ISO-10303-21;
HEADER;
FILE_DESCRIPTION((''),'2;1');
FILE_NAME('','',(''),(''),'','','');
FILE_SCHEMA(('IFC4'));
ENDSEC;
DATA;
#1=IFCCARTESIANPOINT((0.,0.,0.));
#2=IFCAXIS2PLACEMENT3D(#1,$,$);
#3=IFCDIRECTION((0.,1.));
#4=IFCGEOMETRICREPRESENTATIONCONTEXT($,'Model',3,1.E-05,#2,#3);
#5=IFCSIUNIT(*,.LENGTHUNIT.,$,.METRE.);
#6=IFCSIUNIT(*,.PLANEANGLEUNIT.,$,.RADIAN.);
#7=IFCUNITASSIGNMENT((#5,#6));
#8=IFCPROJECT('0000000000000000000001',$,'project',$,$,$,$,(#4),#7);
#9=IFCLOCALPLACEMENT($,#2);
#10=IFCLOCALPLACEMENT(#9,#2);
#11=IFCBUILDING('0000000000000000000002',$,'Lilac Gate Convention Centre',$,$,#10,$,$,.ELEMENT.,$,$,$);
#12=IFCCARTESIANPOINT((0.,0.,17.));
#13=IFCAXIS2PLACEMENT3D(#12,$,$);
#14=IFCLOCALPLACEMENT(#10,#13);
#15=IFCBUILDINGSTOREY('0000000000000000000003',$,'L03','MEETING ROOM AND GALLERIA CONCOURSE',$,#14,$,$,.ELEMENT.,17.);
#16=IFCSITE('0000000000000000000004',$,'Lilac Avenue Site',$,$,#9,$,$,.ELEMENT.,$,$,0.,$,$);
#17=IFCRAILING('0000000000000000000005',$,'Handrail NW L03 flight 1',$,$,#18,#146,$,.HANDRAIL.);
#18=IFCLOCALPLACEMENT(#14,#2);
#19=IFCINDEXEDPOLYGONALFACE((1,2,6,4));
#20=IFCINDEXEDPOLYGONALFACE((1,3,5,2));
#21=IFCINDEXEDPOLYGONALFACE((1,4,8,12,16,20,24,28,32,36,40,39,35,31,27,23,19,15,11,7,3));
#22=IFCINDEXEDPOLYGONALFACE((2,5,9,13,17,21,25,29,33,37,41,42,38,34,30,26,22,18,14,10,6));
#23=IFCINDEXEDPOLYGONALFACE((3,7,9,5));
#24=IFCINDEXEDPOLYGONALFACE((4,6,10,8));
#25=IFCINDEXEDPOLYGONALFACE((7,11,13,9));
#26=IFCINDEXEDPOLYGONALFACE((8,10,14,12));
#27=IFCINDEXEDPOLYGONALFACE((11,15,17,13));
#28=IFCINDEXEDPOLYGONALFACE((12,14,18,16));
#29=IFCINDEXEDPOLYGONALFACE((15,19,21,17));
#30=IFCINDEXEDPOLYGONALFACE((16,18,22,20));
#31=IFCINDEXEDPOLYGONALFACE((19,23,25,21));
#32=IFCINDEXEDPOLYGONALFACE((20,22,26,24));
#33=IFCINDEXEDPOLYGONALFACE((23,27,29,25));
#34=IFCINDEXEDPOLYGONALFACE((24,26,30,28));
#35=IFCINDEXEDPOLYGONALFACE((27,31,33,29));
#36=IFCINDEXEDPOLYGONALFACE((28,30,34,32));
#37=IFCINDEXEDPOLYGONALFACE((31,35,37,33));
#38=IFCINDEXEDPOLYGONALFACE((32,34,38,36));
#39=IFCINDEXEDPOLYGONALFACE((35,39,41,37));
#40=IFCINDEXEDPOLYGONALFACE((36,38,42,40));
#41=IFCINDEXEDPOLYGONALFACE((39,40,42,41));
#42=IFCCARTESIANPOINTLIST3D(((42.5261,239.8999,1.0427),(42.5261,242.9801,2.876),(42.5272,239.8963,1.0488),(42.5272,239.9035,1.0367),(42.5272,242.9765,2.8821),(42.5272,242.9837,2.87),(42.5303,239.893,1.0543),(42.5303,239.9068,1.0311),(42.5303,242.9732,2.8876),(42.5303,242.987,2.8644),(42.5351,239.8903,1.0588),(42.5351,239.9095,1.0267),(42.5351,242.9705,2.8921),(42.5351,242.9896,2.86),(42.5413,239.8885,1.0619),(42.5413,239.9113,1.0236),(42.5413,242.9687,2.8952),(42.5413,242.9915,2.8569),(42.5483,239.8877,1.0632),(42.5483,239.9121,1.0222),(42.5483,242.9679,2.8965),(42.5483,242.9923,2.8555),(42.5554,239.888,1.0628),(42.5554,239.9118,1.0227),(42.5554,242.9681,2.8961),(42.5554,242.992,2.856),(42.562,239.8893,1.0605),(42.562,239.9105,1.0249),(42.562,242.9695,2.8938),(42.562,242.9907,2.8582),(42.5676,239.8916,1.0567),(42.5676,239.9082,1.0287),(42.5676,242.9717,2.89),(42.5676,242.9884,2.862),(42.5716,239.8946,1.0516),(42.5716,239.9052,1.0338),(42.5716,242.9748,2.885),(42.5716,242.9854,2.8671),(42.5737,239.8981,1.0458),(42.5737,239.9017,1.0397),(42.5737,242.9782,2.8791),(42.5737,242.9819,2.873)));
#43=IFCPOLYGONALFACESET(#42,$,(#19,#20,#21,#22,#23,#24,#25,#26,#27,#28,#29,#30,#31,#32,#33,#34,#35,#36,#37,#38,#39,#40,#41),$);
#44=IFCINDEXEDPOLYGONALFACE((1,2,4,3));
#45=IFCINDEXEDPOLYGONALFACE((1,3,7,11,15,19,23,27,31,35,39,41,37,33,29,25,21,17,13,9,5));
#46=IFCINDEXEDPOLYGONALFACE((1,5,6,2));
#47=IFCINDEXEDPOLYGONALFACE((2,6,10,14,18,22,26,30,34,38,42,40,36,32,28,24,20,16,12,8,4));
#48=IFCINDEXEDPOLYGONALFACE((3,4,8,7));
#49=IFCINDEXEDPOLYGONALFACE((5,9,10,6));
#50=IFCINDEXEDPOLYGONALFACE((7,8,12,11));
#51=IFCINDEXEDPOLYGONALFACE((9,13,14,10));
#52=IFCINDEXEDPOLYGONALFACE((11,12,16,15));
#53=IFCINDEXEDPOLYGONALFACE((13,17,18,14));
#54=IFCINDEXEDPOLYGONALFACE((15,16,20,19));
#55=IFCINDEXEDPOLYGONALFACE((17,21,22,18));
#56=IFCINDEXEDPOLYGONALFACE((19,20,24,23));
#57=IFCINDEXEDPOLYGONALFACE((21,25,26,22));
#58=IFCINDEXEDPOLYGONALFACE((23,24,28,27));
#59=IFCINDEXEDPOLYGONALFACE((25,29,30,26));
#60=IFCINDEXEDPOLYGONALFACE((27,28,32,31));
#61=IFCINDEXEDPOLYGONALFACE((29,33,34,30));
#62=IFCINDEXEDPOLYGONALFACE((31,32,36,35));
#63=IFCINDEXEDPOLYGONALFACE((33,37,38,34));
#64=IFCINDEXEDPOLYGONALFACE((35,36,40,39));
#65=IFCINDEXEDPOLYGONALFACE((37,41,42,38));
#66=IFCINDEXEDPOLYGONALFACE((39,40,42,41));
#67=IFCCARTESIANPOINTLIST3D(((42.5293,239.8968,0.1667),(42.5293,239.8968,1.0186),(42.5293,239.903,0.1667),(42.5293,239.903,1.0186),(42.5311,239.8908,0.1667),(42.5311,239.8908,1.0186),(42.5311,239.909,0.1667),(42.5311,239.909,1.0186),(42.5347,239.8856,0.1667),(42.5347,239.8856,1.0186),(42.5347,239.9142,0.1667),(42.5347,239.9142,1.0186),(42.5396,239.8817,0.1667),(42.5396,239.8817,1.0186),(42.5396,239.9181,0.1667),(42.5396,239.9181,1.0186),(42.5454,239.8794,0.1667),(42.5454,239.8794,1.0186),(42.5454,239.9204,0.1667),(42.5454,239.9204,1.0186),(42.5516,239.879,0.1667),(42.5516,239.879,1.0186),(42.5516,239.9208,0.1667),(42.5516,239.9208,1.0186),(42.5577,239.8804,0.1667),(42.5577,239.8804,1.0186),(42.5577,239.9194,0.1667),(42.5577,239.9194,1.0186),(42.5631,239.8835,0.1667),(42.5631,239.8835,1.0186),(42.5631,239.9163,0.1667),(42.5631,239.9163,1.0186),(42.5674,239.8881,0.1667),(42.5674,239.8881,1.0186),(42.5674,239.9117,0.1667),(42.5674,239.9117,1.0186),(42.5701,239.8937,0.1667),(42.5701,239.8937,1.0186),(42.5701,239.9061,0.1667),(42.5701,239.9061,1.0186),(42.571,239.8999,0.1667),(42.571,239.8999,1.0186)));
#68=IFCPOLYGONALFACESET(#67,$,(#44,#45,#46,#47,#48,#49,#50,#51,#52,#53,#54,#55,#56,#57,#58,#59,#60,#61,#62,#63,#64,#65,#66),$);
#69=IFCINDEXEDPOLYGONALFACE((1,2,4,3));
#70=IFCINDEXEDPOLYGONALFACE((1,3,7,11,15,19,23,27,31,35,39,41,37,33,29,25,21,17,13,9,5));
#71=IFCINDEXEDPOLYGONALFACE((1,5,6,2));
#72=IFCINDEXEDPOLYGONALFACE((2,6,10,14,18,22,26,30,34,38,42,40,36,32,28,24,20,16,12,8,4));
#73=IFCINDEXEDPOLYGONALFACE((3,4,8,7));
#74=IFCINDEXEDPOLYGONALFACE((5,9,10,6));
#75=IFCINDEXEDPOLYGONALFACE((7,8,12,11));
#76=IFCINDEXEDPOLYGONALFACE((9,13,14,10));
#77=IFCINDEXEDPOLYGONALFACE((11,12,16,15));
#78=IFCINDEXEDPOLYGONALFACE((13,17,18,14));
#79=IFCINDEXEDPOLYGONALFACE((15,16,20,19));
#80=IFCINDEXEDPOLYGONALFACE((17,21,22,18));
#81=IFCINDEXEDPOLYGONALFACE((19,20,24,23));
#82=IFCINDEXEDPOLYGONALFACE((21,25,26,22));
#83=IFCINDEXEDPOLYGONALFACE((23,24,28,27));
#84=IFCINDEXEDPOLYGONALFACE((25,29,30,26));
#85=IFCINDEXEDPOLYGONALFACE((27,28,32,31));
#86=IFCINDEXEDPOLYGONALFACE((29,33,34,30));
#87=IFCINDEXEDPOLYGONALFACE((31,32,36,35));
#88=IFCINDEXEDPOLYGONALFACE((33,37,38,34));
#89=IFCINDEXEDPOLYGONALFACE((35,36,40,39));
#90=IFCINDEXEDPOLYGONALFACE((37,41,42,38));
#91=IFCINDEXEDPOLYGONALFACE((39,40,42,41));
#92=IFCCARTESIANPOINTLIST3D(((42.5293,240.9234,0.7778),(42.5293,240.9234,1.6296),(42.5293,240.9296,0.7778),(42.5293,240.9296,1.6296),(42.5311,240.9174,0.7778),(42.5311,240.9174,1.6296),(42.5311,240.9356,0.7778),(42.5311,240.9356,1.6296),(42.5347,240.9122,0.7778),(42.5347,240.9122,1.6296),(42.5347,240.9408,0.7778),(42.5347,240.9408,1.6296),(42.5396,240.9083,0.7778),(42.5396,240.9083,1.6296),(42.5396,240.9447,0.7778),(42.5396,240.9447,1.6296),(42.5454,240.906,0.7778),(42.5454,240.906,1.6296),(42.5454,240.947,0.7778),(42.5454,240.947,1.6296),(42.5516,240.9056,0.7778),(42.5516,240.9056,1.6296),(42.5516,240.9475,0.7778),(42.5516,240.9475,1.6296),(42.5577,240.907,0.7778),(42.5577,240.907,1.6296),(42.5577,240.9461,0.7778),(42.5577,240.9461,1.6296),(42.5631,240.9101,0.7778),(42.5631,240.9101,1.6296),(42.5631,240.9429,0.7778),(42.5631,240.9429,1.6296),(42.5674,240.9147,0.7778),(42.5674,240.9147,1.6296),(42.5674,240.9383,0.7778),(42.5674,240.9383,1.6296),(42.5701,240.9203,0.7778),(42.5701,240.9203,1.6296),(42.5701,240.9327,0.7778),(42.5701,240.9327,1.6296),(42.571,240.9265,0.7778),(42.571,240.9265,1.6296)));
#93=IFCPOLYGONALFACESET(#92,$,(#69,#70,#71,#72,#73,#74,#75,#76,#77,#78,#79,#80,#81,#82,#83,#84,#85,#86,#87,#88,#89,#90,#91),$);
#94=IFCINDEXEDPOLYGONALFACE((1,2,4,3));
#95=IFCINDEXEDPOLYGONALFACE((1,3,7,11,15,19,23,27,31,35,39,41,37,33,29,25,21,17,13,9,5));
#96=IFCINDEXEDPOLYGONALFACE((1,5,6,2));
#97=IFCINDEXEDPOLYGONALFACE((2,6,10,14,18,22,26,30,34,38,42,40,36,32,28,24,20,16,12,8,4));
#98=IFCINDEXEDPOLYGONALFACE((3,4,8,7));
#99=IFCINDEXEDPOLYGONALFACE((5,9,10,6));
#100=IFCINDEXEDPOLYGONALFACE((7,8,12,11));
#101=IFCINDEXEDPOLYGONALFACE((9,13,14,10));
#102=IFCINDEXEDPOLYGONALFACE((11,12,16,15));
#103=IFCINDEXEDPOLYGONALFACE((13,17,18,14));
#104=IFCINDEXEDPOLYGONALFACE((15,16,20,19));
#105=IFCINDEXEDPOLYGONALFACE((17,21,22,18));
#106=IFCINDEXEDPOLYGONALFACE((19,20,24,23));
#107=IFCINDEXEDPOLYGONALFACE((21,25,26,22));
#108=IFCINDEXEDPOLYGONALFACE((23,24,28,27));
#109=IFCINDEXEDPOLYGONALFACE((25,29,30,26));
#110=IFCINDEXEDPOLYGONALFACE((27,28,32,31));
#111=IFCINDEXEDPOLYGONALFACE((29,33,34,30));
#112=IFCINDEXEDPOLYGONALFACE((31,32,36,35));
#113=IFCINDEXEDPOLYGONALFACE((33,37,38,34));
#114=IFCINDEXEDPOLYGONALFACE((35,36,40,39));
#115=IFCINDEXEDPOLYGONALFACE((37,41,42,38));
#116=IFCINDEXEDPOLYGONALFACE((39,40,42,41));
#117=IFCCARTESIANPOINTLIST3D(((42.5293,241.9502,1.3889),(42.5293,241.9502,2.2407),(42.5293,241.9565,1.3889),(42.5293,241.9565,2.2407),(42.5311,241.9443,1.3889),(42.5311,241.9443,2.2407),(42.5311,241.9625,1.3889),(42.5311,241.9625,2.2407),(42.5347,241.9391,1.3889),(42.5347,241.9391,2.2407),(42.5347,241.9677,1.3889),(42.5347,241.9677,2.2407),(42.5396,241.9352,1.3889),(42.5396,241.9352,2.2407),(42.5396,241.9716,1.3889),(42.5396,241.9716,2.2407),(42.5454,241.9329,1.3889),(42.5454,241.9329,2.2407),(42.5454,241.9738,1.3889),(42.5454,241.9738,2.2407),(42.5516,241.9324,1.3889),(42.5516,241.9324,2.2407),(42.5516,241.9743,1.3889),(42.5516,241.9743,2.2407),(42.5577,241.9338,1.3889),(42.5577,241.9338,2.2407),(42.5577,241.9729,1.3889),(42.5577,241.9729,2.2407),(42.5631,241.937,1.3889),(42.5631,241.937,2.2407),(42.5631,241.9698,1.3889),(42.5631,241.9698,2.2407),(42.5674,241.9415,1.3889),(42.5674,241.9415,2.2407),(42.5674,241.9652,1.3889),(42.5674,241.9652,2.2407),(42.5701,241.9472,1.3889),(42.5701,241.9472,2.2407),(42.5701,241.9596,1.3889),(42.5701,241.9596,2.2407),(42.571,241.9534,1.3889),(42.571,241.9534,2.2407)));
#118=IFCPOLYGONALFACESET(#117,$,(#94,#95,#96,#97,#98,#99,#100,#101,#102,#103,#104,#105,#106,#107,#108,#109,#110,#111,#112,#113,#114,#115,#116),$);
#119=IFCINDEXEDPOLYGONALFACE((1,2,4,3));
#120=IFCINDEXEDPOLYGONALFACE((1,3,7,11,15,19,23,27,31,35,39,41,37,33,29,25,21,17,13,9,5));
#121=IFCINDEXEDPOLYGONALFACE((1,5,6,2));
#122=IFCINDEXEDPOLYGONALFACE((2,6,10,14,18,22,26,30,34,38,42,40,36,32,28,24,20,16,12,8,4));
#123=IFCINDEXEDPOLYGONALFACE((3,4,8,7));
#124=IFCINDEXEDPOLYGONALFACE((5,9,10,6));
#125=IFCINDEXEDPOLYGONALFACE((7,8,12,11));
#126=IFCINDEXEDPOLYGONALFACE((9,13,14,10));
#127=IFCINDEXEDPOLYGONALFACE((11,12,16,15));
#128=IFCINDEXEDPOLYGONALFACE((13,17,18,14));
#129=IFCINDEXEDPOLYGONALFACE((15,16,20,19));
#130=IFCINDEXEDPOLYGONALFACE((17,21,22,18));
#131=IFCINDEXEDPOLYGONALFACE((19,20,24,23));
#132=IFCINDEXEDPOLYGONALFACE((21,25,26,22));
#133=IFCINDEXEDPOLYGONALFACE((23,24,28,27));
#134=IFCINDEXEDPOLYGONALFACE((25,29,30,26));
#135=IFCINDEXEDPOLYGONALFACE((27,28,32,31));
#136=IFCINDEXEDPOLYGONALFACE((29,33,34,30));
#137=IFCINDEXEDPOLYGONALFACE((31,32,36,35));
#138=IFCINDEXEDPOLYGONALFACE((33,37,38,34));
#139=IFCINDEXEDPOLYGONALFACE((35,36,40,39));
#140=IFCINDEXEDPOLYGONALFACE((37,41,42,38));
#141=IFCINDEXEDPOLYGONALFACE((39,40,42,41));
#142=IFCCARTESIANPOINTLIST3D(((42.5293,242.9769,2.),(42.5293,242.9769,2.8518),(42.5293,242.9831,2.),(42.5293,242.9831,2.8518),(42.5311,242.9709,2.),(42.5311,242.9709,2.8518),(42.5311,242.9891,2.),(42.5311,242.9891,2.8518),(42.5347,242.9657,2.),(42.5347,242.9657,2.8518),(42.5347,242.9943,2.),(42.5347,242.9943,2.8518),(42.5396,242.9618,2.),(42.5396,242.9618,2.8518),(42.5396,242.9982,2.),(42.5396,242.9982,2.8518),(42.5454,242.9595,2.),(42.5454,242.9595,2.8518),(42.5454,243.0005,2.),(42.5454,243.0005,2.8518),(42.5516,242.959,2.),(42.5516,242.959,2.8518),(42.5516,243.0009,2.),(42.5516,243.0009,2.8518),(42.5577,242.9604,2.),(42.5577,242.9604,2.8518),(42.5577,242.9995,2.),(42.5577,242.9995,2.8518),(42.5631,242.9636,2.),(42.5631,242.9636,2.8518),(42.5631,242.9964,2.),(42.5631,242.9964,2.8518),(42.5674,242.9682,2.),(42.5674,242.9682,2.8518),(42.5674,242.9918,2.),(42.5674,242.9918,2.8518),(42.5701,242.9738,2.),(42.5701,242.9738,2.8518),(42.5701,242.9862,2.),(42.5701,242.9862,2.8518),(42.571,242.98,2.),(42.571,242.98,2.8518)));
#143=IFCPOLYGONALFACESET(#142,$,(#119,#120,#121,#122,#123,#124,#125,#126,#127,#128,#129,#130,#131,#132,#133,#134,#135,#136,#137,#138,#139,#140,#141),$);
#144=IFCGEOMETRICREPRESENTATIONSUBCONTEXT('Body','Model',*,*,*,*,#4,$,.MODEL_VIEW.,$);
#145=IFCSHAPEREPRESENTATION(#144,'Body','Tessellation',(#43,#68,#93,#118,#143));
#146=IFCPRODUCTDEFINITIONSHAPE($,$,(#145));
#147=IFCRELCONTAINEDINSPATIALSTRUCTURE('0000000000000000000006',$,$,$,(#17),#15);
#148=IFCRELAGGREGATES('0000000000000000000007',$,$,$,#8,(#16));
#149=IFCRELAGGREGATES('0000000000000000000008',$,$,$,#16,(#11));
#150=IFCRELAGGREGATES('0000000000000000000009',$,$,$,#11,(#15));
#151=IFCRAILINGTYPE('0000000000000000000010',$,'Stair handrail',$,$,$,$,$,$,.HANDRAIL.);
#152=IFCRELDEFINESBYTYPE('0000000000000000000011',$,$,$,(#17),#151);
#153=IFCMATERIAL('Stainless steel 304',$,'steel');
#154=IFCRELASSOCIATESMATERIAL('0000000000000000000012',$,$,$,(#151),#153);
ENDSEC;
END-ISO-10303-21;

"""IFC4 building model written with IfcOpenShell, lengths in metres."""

from ifc_helpers import new_model, si_unit, direction, frame, origin, origin_2d, place, context, subcontext, project, spatial, circle, extrude, material, type_object, element, save


model = new_model("IFC4")

# Units and contexts
model_context = context("Model", 3, precision=1e-05, world=origin(), true_north=direction((0.0, 1.0)))
body_context = subcontext(model_context, "Body", "Model", "MODEL_VIEW")
ifc_project = project(units=[si_unit("LENGTHUNIT", "METRE"), si_unit("PLANEANGLEUNIT", "RADIAN")], contexts=[model_context])

# Site, building, storey
site_placement = place(None, origin())
site = spatial("IfcSite", under=ifc_project, at=site_placement, Name="Lilac Avenue Site", CompositionType="ELEMENT", RefElevation=0.0)
building_placement = place(site_placement, origin())
building = spatial("IfcBuilding", under=site, at=building_placement, Name="Lilac Gate Convention Centre", CompositionType="ELEMENT")
storey_placement = place(building_placement, frame((0.0, 0.0, 17.0)))
storey = spatial("IfcBuildingStorey", under=building, at=storey_placement, Name="L03", Description="MEETING ROOM AND GALLERIA CONCOURSE", CompositionType="ELEMENT", Elevation=17.0)

# Railing
ifc_material_1 = material(Name="Stainless steel 304", Category="steel")
railing_type = type_object("IfcRailingType", Name="Stair handrail", PredefinedType="HANDRAIL", material=ifc_material_1)
for number, where, name in (
    (1, (42.55, 239.8999, 0.1667), "Handrail NW L03 flight 1"),
):
    element("IfcRailing", number, at=place(storey_placement, frame(where)), inside=storey, type_object=railing_type, Name=name, PredefinedType="HANDRAIL", context=body_context, shape_type="SweptSolid", body=[
        extrude(circle(Radius=0.0239, at=origin_2d()), frame((0.0, 0.0, 0.876), z_axis=(0.0, 0.859309, 0.511458), x_axis=(-1.0, 0.0, 0.0)), (0.0, 0.0, 1.0), 3.5845),
        extrude(circle(Radius=0.021, at=origin_2d()), origin(), (0.0, 0.0, 1.0), 0.8518),
        extrude(circle(Radius=0.021, at=origin_2d()), frame((0.0, 1.0266, 0.6111)), (0.0, 0.0, 1.0), 0.8518),
        extrude(circle(Radius=0.021, at=origin_2d()), frame((0.0, 2.0535, 1.2222)), (0.0, 0.0, 1.0), 0.8518),
        extrude(circle(Radius=0.021, at=origin_2d()), frame((0.0, 3.0801, 1.8333)), (0.0, 0.0, 1.0), 0.8518),
    ])

save(model, "model.ifc")
